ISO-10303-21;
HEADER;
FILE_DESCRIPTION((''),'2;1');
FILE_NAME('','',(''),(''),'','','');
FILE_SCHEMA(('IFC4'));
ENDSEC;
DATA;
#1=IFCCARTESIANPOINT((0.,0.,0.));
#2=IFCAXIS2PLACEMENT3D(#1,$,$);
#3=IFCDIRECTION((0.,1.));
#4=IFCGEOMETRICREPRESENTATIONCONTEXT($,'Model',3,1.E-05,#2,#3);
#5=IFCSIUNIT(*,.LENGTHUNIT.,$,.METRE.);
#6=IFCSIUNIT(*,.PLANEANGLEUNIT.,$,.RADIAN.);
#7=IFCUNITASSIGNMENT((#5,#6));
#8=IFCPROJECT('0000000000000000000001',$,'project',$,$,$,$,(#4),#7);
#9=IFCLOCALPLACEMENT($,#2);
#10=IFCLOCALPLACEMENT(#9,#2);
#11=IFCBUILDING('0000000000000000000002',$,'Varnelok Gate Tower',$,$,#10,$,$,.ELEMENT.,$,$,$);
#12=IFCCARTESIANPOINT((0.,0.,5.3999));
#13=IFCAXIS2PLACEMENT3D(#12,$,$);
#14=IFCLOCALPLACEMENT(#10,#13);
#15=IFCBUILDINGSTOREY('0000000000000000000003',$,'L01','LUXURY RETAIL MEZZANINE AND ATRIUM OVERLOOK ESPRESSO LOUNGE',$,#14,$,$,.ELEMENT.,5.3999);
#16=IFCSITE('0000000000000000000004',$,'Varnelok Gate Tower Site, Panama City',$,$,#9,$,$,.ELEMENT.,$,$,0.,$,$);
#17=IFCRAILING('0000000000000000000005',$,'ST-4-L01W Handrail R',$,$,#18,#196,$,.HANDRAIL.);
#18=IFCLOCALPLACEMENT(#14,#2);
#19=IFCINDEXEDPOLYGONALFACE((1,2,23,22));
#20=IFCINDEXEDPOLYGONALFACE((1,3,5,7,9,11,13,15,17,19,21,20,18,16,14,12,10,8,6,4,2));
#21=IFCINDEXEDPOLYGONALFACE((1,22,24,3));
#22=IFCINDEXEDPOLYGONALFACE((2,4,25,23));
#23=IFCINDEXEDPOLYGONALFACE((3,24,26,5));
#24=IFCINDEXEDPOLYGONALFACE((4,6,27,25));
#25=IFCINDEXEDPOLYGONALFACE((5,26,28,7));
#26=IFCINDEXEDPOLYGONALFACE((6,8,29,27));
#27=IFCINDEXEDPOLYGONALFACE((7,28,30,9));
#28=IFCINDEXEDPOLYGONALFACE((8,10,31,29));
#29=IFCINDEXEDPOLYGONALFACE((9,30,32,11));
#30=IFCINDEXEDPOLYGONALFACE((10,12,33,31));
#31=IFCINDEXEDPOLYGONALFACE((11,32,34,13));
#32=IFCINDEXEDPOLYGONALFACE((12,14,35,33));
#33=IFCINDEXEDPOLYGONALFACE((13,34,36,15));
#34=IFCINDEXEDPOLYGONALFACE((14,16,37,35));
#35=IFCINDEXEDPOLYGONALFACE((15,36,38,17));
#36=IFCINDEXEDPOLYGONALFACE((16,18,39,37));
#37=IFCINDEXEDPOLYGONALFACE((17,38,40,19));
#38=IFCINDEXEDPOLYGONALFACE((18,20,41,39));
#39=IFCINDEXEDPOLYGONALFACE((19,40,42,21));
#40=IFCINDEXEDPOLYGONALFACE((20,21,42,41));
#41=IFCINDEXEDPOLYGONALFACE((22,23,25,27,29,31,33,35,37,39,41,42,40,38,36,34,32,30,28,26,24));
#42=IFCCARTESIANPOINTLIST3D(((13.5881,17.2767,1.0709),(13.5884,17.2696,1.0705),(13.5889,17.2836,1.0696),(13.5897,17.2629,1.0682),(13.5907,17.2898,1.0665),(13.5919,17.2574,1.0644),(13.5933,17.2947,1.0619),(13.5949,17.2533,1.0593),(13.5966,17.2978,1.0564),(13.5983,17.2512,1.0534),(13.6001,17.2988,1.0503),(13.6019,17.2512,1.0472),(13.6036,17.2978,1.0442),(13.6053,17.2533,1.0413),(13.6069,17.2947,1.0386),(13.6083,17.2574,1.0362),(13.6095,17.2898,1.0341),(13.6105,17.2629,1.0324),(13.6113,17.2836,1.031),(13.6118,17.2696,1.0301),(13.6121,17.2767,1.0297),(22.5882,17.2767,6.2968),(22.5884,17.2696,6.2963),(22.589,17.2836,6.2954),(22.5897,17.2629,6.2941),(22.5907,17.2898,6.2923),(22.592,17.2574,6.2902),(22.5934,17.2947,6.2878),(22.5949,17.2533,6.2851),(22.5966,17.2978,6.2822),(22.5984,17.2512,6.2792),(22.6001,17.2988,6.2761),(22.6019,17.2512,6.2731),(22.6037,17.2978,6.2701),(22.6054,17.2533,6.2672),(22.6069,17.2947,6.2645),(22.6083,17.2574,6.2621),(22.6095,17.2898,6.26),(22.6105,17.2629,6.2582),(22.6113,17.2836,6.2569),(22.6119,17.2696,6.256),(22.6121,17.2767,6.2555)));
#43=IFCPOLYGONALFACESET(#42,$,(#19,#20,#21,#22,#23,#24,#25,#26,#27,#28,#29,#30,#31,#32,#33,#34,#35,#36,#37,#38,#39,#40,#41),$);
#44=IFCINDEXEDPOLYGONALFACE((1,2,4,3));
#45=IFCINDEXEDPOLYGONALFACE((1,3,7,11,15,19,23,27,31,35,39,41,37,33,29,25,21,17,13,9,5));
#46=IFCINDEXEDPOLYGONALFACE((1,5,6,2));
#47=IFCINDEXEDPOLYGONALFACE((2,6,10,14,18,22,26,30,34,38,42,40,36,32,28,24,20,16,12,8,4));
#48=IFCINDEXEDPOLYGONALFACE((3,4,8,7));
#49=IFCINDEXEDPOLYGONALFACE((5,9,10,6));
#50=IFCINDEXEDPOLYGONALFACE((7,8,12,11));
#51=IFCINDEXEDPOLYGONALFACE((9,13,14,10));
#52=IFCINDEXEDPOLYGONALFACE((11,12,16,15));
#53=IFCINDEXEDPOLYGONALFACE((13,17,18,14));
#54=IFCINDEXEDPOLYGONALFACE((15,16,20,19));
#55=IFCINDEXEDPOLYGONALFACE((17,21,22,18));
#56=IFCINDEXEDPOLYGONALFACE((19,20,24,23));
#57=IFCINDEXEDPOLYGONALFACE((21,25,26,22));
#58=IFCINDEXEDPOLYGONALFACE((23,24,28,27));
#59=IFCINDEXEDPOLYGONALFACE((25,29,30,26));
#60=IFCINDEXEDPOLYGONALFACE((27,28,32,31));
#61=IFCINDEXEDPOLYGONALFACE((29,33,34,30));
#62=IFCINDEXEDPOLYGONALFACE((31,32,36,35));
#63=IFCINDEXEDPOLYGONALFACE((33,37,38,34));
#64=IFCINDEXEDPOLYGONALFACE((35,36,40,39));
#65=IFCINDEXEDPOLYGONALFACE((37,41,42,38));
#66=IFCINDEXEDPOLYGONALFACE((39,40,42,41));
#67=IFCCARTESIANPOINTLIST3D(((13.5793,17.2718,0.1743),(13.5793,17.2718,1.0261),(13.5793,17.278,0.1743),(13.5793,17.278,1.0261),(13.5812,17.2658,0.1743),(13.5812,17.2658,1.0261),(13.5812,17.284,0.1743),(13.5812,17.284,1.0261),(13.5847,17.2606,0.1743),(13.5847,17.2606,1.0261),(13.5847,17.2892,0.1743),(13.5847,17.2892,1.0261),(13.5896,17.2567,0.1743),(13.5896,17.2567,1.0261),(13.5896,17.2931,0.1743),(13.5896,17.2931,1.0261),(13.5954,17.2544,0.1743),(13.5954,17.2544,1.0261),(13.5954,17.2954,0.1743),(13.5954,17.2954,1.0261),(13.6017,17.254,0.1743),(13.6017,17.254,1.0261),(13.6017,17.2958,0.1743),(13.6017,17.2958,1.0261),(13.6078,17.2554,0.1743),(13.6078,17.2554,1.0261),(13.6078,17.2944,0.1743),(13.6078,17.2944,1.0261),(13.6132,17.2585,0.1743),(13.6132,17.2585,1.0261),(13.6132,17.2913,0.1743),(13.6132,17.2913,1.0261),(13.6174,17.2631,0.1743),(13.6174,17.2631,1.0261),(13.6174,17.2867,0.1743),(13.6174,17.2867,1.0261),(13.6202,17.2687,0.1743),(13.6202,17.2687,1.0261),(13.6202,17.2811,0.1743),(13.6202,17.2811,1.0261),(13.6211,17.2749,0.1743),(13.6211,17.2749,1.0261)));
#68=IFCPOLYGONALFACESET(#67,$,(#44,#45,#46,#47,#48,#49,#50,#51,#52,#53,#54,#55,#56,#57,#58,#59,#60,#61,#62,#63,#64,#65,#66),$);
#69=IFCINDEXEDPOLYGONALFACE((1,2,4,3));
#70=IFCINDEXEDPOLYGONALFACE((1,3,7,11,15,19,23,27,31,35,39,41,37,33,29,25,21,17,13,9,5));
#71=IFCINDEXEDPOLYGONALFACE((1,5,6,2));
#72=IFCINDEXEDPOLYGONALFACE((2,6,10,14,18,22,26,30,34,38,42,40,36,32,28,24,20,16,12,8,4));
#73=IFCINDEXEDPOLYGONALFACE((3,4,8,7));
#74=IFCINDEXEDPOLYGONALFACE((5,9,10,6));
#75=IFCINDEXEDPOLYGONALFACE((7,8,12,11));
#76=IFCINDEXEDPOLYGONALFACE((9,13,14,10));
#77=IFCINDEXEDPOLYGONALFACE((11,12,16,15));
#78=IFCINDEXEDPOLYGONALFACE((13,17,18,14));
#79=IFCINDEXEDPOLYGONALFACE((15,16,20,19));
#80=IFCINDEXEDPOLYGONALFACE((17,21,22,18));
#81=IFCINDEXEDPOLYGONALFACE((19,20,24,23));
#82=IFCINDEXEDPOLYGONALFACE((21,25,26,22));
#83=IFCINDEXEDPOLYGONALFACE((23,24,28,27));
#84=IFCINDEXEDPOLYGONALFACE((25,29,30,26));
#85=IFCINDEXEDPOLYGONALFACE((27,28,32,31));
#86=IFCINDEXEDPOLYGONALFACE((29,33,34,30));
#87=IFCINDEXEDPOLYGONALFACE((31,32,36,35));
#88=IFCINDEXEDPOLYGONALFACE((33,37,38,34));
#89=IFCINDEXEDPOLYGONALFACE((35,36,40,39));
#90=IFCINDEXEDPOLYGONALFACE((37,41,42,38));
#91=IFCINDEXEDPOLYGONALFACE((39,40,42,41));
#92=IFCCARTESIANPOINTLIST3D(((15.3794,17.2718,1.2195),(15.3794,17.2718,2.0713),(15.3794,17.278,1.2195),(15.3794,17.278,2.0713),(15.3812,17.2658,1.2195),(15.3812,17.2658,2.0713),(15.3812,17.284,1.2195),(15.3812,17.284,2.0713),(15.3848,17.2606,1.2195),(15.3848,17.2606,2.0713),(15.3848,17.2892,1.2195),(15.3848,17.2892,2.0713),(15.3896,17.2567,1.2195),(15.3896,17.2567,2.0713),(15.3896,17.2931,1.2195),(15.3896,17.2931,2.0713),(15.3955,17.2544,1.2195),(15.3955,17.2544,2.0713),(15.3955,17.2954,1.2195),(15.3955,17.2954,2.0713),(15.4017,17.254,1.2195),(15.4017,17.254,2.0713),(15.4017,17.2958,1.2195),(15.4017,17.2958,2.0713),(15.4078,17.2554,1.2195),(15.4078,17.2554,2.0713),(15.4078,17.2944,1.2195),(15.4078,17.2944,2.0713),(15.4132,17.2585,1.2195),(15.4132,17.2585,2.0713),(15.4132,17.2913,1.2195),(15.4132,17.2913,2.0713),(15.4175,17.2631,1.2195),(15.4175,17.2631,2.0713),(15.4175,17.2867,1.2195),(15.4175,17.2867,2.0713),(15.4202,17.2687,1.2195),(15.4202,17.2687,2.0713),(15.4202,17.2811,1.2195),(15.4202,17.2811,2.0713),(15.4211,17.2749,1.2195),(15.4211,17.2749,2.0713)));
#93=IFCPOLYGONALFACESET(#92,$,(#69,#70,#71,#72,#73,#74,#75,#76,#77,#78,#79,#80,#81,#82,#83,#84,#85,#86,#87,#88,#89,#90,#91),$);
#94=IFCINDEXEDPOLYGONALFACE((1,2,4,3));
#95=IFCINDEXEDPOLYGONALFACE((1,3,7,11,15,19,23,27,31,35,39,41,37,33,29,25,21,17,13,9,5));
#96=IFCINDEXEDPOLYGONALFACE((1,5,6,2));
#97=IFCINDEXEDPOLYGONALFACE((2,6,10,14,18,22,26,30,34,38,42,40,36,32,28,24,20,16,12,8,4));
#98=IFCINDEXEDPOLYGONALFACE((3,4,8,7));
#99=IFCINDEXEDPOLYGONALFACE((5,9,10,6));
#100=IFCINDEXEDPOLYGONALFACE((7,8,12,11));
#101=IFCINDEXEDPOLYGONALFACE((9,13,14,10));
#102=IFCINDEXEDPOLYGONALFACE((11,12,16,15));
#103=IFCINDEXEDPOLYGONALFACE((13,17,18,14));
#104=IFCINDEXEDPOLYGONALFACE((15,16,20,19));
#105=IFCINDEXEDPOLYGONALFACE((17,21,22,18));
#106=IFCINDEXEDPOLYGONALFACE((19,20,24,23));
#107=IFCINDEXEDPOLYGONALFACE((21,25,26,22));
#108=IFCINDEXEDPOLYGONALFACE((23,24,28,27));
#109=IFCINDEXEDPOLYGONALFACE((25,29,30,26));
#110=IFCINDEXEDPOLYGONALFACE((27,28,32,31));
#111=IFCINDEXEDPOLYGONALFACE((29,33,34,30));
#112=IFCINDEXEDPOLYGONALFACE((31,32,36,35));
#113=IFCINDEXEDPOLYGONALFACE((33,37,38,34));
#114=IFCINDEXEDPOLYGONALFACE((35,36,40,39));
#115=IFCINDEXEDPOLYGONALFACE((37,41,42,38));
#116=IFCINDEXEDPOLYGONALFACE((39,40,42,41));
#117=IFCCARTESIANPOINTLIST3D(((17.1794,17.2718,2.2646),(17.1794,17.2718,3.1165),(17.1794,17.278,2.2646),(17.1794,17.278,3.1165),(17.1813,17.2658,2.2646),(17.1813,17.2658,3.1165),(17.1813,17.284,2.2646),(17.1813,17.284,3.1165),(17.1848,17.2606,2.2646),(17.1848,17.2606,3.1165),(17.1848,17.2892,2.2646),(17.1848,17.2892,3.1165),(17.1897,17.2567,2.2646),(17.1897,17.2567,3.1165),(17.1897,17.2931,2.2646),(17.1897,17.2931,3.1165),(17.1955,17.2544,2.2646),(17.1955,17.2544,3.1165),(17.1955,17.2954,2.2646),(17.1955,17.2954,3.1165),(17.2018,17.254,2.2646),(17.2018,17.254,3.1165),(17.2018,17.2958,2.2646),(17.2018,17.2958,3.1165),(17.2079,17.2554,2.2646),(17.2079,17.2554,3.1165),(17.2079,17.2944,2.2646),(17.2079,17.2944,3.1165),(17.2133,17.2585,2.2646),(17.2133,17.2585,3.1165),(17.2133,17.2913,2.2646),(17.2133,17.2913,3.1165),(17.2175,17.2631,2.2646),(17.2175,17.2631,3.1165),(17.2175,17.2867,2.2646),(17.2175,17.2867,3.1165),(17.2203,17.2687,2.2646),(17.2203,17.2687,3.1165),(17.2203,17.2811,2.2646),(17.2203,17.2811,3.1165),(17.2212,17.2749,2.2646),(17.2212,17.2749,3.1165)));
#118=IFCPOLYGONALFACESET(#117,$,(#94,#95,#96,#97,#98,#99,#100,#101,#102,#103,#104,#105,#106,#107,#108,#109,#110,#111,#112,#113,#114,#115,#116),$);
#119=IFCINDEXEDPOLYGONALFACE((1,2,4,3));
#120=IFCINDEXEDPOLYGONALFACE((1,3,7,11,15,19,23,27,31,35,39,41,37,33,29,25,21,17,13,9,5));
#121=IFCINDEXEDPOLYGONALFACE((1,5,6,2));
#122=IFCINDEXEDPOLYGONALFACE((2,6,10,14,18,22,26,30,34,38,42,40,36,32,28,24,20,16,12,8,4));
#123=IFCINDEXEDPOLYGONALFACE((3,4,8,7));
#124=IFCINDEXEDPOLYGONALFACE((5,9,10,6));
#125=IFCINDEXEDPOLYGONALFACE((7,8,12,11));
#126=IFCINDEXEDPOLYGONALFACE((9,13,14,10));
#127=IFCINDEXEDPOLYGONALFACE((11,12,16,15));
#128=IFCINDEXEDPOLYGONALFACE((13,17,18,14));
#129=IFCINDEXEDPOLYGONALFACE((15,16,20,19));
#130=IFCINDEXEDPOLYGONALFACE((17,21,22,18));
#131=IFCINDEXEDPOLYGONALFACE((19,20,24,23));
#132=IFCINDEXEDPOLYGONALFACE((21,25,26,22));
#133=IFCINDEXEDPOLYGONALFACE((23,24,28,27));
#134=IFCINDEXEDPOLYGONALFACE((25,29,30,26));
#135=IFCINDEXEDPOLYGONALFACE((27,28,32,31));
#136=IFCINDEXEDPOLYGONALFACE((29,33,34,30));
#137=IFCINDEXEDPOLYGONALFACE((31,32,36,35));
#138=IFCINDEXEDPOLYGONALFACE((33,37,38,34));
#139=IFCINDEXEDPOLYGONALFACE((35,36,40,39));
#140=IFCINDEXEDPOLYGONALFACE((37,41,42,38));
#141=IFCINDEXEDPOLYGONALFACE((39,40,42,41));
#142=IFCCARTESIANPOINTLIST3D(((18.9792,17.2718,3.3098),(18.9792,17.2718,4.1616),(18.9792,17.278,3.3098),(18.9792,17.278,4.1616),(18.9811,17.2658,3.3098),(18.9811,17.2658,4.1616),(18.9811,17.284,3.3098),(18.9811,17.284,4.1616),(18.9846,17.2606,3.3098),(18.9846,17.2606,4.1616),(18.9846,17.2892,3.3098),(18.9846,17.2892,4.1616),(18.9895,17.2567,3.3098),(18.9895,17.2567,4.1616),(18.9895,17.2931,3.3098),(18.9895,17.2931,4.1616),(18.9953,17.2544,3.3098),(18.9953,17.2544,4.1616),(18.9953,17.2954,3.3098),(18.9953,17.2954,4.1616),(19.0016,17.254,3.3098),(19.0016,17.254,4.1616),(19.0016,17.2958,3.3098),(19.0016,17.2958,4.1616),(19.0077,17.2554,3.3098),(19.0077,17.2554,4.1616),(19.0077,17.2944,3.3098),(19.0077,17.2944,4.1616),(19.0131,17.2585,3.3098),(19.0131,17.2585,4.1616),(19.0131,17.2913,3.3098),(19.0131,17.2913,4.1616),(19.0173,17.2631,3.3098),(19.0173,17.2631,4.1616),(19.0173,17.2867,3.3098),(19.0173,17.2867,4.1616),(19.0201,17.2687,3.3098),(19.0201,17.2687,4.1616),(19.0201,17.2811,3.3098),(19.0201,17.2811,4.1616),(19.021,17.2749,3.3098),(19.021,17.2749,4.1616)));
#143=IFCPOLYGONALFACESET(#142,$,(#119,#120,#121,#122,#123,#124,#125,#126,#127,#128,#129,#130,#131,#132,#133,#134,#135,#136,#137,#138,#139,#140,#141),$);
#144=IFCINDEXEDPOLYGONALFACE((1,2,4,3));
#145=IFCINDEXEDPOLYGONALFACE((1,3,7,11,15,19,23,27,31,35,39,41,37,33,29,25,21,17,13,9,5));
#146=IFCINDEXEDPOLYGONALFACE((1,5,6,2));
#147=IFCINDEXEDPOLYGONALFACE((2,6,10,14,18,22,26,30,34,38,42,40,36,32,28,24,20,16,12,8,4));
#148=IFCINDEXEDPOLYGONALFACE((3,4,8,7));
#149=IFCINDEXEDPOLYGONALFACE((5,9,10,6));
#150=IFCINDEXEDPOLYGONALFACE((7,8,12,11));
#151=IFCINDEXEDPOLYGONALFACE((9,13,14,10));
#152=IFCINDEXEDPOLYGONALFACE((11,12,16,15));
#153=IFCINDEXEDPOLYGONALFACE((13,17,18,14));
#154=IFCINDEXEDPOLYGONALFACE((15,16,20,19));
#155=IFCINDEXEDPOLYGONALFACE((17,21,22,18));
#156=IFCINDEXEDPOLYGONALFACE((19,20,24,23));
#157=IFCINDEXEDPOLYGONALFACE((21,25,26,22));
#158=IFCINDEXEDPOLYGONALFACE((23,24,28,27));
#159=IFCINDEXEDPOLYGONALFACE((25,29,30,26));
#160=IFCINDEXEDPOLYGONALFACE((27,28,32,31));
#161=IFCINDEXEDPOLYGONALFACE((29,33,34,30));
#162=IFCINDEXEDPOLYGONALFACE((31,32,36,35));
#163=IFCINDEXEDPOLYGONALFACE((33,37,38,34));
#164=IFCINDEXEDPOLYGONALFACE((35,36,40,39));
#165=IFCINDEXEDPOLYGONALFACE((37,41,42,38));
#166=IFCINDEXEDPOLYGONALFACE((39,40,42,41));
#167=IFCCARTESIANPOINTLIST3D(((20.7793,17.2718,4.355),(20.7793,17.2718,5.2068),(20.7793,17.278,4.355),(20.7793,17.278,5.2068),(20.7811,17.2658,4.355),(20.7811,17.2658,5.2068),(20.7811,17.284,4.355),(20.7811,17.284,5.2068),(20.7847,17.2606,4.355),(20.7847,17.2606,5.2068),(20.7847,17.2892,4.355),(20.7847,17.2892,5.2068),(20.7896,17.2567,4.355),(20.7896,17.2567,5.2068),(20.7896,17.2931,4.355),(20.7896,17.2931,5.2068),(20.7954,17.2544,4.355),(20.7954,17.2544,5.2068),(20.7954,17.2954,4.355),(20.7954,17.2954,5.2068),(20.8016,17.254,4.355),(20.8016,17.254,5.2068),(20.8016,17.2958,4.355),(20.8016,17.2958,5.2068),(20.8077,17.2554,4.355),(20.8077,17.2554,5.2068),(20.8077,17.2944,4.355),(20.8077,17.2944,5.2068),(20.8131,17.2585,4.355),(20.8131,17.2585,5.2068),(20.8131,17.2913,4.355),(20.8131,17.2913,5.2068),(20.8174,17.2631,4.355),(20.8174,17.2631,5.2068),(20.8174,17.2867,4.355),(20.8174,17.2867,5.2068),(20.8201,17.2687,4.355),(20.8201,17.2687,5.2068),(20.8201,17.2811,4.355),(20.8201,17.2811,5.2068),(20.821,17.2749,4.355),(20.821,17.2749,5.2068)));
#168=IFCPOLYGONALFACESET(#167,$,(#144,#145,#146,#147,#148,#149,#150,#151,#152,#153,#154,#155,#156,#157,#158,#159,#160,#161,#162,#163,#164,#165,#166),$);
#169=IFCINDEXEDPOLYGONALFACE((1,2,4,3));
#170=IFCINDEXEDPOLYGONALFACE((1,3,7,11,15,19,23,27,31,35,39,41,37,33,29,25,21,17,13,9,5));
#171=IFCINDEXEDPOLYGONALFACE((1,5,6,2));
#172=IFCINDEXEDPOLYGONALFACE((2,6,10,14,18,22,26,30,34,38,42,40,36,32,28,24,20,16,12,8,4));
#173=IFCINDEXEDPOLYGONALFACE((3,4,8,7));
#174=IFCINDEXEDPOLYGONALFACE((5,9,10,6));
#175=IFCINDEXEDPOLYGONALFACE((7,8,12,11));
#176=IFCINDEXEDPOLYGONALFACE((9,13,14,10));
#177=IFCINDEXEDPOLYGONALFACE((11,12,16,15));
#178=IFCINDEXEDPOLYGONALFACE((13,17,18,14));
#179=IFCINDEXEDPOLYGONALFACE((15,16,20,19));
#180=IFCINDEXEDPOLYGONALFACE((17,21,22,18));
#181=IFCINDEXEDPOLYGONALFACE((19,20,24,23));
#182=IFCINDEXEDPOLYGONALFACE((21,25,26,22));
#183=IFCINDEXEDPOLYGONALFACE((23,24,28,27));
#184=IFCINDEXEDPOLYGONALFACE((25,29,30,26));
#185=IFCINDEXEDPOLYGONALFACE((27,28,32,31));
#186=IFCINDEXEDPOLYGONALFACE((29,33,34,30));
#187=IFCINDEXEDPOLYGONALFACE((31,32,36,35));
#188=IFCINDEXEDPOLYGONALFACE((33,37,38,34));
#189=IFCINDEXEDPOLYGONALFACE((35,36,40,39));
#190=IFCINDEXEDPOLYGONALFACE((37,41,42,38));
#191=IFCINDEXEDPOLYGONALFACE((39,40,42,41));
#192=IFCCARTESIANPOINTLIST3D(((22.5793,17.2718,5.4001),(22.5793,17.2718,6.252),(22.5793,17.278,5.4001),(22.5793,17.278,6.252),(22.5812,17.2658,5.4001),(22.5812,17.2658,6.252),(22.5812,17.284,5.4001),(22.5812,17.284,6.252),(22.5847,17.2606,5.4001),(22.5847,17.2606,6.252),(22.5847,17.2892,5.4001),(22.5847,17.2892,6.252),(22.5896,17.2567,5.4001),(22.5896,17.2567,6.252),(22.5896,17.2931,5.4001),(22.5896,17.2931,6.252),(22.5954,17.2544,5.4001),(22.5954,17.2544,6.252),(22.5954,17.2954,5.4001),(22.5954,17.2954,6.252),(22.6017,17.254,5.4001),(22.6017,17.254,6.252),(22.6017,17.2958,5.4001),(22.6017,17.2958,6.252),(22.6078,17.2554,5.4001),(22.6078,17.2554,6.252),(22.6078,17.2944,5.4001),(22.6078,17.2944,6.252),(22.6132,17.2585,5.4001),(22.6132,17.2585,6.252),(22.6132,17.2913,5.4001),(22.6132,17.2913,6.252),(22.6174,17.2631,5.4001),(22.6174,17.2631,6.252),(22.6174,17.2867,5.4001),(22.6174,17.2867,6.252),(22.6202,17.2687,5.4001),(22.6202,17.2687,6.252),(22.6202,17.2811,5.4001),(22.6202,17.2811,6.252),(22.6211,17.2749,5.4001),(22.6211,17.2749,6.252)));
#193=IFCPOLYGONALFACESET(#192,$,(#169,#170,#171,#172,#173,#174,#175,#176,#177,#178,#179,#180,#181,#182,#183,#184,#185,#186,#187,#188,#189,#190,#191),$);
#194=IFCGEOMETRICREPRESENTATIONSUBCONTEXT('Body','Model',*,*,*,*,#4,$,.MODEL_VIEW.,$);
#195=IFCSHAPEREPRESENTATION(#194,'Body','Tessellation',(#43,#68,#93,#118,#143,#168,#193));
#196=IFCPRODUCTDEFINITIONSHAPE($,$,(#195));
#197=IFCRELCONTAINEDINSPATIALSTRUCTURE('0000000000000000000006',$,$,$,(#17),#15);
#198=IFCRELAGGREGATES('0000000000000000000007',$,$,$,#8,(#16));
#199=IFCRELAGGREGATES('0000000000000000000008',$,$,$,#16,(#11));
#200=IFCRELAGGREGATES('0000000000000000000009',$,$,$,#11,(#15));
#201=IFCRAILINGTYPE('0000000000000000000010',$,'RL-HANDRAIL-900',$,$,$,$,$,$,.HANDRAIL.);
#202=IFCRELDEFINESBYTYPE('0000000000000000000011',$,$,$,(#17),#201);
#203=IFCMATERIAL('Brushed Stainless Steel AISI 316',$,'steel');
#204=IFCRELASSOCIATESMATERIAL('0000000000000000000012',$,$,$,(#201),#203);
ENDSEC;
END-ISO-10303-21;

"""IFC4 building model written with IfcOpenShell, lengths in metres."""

from ifc_helpers import new_model, si_unit, direction, frame, origin, origin_2d, place, context, subcontext, project, spatial, circle, extrude, material, type_object, element, save


model = new_model("IFC4")

# Units and contexts
model_context = context("Model", 3, precision=1e-05, world=origin(), true_north=direction((0.0, 1.0)))
body_context = subcontext(model_context, "Body", "Model", "MODEL_VIEW")
ifc_project = project(units=[si_unit("LENGTHUNIT", "METRE"), si_unit("PLANEANGLEUNIT", "RADIAN")], contexts=[model_context])

# Site, building, storey
site_placement = place(None, origin())
site = spatial("IfcSite", under=ifc_project, at=site_placement, Name="Varnelok Gate Tower Site, Panama City", CompositionType="ELEMENT", RefElevation=0.0)
building_placement = place(site_placement, origin())
building = spatial("IfcBuilding", under=site, at=building_placement, Name="Varnelok Gate Tower", CompositionType="ELEMENT")
storey_placement = place(building_placement, frame((0.0, 0.0, 5.3999)))
storey = spatial("IfcBuildingStorey", under=building, at=storey_placement, Name="L01", Description="LUXURY RETAIL MEZZANINE AND ATRIUM OVERLOOK ESPRESSO LOUNGE", CompositionType="ELEMENT", Elevation=5.3999)

# Railing
ifc_material_1 = material(Name="Brushed Stainless Steel AISI 316", Category="steel")
railing_type = type_object("IfcRailingType", Name="RL-HANDRAIL-900", PredefinedType="HANDRAIL", material=ifc_material_1)
for number, where, name in (
    (1, (13.6001, 17.2749, 0.1743), "ST-4-L01W Handrail R"),
):
    element("IfcRailing", number, at=place(storey_placement, frame(where)), inside=storey, type_object=railing_type, Name=name, PredefinedType="HANDRAIL", context=body_context, shape_type="SweptSolid", body=[
        extrude(circle(Radius=0.0239, at=origin_2d()), frame((0.0, 0.0, 0.876), z_axis=(0.864788, 0.0, 0.502137), x_axis=(0.0, 1.0, 0.0)), (0.0, 0.0, 1.0), 10.4072),
        extrude(circle(Radius=0.021, at=origin_2d()), origin(), (0.0, 0.0, 1.0), 0.8518),
        extrude(circle(Radius=0.021, at=origin_2d()), frame((1.8, 0.0, 1.0452)), (0.0, 0.0, 1.0), 0.8518),
        extrude(circle(Radius=0.021, at=origin_2d()), frame((3.6001, 0.0, 2.0903)), (0.0, 0.0, 1.0), 0.8518),
        extrude(circle(Radius=0.021, at=origin_2d()), frame((5.3999, 0.0, 3.1355)), (0.0, 0.0, 1.0), 0.8518),
        extrude(circle(Radius=0.021, at=origin_2d()), frame((7.2, 0.0, 4.1807)), (0.0, 0.0, 1.0), 0.8518),
        extrude(circle(Radius=0.021, at=origin_2d()), frame((9.0, 0.0, 5.2258)), (0.0, 0.0, 1.0), 0.8518),
    ])

save(model, "model.ifc")
